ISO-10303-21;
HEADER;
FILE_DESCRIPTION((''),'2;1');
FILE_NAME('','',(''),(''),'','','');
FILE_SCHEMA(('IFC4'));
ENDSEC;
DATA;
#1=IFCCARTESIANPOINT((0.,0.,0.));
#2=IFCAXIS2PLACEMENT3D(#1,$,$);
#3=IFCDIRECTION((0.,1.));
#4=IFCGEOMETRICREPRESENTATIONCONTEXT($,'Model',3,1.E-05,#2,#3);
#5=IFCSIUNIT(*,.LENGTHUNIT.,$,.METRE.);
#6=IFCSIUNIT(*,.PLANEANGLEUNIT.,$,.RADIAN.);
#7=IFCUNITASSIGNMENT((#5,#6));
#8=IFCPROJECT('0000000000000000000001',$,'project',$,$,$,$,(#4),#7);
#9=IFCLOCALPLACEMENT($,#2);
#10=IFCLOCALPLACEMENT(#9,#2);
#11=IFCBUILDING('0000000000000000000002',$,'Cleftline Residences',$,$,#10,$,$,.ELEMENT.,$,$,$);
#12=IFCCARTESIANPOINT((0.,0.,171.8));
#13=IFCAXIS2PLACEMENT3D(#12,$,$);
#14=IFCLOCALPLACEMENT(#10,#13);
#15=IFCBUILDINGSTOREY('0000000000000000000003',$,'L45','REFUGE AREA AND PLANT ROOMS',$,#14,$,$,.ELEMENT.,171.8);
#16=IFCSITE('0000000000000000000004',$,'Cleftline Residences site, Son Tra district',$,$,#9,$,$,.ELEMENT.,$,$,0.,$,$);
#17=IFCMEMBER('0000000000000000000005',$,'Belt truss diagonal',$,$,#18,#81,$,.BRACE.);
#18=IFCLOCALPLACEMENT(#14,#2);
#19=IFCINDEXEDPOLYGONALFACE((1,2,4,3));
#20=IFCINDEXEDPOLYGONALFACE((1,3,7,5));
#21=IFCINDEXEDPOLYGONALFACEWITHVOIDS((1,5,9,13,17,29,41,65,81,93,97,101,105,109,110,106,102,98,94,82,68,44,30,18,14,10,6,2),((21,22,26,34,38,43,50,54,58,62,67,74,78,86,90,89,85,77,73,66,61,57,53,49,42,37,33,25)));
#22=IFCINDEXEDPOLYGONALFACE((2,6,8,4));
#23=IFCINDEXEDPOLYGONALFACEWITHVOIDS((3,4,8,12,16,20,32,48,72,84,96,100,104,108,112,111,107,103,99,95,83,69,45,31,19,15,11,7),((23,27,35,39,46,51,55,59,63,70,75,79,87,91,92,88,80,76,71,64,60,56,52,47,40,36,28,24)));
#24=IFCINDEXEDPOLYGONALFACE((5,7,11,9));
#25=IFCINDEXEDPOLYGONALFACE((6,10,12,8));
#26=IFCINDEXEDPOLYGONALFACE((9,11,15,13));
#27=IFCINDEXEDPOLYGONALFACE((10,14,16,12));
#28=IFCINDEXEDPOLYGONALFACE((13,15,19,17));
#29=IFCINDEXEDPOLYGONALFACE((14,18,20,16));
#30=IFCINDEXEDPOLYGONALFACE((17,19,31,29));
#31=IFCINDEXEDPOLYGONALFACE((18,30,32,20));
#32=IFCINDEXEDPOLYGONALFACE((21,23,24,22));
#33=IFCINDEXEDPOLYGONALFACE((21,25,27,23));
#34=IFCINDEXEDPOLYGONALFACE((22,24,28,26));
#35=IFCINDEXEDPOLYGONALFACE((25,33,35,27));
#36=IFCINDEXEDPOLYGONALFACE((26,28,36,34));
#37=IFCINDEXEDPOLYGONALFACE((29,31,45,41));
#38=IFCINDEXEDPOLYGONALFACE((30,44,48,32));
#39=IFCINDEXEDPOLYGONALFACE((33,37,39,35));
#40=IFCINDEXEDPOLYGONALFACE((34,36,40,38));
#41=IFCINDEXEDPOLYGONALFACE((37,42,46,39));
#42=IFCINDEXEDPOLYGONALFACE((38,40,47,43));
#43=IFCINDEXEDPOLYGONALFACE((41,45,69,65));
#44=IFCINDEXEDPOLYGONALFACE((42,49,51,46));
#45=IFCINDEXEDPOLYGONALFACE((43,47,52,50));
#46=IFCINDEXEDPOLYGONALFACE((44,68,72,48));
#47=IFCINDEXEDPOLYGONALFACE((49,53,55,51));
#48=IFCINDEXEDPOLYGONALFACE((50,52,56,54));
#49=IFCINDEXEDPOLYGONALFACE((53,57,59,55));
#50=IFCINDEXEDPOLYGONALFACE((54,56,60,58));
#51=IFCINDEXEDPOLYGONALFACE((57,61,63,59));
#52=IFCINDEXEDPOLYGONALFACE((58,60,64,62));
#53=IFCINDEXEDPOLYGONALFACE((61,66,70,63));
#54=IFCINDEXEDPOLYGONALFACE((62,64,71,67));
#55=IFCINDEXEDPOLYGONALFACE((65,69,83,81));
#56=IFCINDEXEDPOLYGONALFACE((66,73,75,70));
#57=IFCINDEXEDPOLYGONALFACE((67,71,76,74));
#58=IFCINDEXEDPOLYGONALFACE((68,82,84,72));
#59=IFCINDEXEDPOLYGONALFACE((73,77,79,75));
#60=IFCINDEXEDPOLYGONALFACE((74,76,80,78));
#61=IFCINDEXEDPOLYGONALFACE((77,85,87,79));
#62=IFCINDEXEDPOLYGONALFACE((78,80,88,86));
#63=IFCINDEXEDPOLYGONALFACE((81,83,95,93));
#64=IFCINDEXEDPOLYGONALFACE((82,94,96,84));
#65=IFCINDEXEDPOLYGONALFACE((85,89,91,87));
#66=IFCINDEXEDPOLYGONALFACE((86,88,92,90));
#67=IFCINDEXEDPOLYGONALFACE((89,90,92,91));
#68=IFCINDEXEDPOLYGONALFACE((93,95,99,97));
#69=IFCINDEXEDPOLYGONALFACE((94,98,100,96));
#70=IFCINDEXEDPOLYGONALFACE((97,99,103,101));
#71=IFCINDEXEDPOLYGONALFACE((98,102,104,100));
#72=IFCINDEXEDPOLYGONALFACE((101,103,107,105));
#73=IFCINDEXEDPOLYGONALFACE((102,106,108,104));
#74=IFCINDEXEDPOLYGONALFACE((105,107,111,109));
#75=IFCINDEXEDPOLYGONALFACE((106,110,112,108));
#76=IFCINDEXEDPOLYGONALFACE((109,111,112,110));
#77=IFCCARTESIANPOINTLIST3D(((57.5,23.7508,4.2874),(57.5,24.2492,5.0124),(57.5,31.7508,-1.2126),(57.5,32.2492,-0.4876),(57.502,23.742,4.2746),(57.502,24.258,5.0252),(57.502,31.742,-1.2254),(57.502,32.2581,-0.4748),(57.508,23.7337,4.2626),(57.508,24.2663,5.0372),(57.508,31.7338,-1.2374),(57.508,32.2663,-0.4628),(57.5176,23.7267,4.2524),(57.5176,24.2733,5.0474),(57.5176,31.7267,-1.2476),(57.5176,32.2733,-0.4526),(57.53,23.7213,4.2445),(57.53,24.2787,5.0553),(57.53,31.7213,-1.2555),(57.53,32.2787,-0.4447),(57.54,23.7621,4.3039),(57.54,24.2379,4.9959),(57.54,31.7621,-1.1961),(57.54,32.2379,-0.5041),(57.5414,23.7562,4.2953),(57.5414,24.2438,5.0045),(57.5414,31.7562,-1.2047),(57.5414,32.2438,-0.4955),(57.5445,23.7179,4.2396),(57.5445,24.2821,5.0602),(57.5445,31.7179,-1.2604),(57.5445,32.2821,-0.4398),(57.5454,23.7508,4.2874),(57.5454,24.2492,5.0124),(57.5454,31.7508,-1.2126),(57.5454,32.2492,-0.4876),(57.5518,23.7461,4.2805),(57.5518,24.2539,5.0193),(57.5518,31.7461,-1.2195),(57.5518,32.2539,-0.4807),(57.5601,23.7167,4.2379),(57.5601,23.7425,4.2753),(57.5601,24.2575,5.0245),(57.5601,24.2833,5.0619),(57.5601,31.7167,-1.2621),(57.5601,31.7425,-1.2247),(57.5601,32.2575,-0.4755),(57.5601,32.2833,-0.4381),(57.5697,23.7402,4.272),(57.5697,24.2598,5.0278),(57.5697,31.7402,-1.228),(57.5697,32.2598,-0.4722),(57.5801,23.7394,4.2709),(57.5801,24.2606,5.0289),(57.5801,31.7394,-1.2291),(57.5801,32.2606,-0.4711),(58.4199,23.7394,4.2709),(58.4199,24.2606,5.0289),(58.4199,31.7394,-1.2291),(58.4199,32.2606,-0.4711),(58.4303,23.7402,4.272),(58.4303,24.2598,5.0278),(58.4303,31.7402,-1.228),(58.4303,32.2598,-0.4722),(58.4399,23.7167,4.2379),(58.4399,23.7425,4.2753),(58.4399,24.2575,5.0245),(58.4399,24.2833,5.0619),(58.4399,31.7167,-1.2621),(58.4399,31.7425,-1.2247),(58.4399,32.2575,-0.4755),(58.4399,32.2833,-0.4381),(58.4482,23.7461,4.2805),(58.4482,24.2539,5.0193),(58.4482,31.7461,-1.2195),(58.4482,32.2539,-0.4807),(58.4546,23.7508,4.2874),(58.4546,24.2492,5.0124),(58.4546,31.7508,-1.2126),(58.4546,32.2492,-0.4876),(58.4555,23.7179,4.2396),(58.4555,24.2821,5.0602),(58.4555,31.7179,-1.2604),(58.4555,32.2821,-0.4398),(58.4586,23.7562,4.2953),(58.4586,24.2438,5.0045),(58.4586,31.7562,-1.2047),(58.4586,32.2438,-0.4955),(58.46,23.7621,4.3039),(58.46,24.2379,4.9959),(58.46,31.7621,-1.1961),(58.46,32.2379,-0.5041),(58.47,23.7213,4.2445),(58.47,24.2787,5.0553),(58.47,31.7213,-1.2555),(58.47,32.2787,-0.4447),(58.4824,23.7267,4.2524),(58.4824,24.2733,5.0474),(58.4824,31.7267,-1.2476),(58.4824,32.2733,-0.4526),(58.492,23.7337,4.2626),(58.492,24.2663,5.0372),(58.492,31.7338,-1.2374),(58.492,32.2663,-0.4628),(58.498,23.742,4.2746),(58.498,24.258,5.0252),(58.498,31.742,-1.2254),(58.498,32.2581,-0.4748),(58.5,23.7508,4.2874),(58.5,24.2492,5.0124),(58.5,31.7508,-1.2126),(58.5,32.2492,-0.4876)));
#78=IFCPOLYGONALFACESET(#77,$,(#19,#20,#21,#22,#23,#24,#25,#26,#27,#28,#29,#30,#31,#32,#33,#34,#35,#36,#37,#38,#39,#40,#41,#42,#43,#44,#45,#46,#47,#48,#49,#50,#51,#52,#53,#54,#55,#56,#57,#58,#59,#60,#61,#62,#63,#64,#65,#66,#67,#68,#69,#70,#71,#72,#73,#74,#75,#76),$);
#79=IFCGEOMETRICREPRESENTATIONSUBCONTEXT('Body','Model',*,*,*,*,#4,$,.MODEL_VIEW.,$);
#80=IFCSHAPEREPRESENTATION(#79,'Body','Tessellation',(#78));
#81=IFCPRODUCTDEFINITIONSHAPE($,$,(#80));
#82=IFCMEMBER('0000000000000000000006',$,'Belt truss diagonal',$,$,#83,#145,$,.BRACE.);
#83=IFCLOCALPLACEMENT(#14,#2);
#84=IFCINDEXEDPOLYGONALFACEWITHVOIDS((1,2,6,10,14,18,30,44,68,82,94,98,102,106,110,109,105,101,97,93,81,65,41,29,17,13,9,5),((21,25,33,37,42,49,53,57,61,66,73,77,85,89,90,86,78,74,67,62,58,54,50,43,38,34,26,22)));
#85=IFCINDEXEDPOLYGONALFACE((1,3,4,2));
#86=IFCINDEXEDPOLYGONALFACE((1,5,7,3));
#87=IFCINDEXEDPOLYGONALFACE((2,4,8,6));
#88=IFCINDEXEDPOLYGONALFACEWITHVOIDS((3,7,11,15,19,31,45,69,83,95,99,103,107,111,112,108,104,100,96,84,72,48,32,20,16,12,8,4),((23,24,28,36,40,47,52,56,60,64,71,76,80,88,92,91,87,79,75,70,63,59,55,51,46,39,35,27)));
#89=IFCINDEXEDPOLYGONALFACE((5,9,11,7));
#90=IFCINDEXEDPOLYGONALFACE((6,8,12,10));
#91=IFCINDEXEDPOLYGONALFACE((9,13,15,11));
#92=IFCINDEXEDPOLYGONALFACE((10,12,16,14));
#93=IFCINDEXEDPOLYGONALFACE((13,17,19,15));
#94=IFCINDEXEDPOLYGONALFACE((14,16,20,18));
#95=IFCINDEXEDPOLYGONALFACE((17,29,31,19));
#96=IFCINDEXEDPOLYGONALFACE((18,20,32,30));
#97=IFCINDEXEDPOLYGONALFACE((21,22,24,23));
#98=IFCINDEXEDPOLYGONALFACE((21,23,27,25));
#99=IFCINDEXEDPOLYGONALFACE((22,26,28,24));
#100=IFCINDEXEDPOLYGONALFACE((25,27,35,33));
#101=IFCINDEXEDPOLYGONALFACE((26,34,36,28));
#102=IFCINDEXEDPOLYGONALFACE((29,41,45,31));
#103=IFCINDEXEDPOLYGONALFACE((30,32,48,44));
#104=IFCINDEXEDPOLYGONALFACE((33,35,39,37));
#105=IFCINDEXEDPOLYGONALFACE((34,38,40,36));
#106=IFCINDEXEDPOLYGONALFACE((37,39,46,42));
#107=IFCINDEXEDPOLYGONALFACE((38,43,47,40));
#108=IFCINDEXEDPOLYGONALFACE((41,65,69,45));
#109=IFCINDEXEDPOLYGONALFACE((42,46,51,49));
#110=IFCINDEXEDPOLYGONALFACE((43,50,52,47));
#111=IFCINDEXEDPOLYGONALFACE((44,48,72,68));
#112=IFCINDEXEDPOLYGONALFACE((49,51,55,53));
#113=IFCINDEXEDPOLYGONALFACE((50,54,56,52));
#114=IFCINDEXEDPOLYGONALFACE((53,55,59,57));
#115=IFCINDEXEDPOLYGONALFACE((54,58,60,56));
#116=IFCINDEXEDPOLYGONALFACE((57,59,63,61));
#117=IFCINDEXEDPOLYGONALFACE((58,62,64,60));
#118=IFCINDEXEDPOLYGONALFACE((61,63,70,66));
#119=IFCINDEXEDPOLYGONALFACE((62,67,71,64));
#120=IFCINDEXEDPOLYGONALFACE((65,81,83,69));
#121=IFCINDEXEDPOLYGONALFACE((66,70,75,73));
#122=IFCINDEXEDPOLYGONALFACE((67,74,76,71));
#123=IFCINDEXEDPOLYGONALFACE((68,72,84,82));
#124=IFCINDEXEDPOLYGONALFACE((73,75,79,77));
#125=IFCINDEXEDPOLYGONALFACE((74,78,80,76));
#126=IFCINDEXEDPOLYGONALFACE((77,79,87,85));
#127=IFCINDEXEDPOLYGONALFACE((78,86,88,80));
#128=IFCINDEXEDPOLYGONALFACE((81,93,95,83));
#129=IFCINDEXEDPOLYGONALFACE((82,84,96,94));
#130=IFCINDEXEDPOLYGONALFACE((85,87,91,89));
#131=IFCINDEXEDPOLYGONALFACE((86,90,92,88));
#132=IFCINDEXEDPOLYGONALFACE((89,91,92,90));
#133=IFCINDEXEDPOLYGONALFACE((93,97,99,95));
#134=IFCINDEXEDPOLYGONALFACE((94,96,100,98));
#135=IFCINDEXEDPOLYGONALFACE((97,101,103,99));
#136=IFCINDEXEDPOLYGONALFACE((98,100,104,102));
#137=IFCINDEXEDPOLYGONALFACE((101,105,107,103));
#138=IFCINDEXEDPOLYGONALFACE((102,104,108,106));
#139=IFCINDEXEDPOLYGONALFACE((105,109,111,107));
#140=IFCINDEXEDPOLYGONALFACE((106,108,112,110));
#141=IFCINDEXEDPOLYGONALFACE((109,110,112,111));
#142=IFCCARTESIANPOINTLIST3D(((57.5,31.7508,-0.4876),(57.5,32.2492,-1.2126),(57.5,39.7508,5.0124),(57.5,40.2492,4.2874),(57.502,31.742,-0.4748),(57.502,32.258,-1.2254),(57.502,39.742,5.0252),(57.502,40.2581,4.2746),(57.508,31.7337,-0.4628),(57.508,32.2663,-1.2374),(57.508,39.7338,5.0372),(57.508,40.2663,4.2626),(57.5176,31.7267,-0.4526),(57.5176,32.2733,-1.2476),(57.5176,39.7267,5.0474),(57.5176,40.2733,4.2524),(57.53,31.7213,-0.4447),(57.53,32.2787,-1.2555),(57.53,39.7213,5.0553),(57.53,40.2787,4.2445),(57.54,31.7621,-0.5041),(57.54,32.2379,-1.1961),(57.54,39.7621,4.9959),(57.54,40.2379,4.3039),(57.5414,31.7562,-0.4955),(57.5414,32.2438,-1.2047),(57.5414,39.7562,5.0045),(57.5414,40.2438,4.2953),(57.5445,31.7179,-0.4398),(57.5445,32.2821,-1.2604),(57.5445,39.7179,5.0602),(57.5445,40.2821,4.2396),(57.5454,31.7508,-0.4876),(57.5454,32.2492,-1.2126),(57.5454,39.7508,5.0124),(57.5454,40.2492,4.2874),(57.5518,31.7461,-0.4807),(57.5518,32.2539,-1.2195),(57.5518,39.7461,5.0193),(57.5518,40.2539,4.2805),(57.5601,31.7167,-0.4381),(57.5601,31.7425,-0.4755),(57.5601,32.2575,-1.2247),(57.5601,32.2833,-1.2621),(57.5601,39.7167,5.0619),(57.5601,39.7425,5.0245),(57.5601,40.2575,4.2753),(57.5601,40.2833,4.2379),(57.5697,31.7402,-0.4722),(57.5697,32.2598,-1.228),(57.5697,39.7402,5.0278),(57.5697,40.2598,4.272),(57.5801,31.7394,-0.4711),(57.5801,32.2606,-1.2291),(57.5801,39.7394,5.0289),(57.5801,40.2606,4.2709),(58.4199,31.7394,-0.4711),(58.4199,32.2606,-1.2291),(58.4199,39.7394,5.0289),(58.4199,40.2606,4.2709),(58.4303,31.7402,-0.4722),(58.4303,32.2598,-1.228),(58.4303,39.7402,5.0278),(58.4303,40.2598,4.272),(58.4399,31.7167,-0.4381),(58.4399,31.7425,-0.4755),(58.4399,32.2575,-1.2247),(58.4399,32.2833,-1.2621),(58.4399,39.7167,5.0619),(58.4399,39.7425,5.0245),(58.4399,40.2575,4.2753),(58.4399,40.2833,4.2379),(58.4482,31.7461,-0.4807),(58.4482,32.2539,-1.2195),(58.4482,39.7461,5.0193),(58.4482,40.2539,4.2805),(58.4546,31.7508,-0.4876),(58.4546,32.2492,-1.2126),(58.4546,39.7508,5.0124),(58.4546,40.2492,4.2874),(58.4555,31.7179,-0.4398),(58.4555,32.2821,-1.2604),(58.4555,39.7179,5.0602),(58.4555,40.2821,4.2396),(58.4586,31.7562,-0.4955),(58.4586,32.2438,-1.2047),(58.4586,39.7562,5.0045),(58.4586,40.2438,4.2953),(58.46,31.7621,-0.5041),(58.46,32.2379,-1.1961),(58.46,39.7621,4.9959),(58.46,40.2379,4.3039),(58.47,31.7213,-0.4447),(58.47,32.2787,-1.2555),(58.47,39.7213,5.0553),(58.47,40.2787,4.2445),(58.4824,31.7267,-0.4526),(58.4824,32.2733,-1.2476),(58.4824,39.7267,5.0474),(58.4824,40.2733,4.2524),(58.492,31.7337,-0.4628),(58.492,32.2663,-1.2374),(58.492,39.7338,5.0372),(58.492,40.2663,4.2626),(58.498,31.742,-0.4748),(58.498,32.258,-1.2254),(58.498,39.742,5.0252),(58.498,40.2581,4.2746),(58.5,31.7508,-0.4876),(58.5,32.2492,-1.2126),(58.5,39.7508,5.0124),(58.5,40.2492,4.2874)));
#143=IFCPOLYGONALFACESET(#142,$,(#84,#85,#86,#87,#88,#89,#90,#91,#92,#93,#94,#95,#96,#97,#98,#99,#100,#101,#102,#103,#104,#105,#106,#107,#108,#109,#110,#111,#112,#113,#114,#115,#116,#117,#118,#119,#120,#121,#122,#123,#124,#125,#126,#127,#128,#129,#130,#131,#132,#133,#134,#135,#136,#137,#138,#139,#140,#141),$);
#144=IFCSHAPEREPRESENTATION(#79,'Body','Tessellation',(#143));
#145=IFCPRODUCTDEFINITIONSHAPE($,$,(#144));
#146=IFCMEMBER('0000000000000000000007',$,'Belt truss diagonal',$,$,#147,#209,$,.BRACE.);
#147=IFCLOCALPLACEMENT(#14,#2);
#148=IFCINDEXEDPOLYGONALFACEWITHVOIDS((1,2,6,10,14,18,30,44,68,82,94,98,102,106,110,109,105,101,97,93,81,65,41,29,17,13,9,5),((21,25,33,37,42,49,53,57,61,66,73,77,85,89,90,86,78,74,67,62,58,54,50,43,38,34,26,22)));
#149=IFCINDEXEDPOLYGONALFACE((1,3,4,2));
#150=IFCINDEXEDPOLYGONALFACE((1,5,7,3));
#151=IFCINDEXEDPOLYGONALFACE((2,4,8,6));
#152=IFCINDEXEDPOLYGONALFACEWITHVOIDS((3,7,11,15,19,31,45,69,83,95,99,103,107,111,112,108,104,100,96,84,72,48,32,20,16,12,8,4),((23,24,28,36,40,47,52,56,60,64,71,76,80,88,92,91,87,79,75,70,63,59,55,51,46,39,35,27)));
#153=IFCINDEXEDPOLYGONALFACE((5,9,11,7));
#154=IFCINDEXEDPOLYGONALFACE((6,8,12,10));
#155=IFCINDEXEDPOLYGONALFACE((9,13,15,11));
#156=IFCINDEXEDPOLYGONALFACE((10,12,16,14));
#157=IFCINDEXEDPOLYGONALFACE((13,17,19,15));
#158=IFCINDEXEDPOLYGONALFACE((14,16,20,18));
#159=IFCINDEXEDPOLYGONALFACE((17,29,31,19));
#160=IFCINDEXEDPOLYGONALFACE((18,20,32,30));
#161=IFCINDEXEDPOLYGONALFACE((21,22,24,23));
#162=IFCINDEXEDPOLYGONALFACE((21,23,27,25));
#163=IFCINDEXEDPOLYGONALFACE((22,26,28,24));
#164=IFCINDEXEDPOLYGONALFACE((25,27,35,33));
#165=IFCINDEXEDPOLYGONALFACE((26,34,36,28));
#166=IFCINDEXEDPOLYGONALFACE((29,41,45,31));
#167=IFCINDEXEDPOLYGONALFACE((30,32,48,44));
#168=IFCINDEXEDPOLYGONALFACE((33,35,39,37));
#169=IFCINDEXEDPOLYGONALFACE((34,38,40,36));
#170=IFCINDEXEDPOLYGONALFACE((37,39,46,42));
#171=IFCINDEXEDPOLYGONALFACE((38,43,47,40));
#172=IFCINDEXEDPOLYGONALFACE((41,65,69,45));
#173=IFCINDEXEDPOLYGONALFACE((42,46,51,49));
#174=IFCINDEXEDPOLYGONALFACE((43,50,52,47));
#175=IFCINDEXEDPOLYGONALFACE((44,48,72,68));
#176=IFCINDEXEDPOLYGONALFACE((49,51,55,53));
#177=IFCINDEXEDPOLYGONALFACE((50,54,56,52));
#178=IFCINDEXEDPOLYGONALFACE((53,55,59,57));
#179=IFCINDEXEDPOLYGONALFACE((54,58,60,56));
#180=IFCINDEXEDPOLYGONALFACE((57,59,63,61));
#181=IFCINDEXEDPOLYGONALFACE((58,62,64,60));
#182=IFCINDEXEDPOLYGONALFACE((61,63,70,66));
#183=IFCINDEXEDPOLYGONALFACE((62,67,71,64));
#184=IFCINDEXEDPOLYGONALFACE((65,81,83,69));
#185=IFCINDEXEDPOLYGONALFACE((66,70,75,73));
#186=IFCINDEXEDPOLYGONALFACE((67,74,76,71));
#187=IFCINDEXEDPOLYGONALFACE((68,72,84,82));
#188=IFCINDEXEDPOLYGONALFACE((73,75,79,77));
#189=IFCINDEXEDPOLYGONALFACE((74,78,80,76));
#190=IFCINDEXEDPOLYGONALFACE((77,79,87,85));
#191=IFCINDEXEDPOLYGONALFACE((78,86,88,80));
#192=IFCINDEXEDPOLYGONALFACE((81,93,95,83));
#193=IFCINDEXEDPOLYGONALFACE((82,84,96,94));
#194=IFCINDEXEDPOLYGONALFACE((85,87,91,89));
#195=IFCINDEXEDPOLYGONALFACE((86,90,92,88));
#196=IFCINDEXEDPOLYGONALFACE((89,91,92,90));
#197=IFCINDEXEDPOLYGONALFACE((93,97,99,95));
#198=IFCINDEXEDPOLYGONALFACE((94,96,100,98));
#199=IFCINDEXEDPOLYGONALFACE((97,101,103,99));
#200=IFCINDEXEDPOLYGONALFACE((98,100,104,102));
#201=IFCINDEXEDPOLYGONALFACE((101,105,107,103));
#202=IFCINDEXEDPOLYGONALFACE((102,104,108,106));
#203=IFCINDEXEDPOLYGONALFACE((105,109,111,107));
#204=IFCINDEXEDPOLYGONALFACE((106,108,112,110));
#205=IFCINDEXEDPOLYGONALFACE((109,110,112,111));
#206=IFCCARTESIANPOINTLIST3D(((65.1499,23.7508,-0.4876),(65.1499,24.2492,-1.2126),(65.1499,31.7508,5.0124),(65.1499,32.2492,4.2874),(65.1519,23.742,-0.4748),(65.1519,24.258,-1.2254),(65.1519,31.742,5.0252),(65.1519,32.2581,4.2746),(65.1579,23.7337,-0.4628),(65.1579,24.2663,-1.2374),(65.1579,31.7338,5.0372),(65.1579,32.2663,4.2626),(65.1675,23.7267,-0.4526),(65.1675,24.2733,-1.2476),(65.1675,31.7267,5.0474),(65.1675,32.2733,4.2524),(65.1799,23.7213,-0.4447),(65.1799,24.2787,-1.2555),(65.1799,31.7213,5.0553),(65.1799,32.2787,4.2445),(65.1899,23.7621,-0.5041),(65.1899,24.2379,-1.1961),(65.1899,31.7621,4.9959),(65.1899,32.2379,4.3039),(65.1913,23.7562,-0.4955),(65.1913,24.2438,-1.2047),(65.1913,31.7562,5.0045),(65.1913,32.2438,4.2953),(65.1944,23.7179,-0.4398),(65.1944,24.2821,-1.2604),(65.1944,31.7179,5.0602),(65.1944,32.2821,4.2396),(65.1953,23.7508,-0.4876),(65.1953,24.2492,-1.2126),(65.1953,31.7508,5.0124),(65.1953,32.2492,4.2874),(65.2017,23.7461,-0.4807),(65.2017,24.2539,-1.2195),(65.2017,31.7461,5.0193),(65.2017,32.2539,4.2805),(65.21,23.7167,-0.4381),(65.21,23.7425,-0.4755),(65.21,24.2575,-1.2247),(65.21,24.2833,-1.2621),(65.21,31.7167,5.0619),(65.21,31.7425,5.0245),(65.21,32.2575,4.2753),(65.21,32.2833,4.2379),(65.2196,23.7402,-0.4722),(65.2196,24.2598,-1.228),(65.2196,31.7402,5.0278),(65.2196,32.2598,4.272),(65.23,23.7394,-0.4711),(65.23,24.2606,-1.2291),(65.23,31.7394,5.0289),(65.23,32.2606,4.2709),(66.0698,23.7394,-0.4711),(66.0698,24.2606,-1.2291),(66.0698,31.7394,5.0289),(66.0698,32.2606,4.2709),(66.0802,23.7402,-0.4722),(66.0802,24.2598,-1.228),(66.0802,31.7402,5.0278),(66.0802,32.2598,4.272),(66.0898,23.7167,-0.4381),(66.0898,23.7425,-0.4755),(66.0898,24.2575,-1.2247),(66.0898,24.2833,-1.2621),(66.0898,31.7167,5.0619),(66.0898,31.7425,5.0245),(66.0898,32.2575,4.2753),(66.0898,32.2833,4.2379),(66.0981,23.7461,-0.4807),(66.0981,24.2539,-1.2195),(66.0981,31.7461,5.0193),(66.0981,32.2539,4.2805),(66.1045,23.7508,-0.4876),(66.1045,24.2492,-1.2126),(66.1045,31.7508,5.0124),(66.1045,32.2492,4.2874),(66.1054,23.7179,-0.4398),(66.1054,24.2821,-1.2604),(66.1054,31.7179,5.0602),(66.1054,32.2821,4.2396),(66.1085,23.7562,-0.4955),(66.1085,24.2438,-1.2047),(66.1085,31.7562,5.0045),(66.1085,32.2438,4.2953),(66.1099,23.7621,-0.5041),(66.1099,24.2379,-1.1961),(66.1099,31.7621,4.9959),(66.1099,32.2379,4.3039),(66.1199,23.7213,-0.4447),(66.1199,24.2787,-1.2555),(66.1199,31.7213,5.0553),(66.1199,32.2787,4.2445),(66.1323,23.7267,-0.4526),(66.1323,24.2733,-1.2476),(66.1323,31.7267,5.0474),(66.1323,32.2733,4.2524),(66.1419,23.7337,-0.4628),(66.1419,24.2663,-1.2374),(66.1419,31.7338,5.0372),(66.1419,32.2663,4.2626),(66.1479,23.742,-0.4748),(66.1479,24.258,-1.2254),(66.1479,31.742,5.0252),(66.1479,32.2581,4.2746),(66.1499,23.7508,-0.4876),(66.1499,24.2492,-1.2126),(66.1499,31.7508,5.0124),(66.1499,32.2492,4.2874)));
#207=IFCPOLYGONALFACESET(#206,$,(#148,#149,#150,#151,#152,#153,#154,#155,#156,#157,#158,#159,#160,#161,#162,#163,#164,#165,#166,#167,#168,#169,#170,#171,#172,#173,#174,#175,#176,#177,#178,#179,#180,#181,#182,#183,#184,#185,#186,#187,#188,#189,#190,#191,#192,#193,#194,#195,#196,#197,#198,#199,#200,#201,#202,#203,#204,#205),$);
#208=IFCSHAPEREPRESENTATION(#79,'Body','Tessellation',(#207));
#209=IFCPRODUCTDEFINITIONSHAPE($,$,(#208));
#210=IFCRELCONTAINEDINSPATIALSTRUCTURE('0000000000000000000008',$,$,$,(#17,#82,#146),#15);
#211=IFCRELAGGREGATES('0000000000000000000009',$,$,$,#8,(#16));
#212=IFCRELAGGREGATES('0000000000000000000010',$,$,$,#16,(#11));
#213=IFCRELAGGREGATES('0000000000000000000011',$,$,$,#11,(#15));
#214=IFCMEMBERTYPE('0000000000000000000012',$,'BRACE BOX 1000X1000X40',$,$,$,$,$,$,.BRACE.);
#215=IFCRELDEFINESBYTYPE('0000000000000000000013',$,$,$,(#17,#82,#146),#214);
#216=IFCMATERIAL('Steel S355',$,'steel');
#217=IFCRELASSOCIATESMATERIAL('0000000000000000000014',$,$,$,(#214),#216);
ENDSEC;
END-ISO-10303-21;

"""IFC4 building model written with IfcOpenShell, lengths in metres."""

from ifc_helpers import new_model, si_unit, direction, frame, origin, origin_2d, place, context, subcontext, project, spatial, hollow_rectangle, extrude, material, material_profile, profile_set, type_object, element, save


model = new_model("IFC4")

# Units and contexts
model_context = context("Model", 3, precision=1e-05, world=origin(), true_north=direction((0.0, 1.0)))
body_context = subcontext(model_context, "Body", "Model", "MODEL_VIEW")
ifc_project = project(units=[si_unit("LENGTHUNIT", "METRE"), si_unit("PLANEANGLEUNIT", "RADIAN")], contexts=[model_context])

# Site, building, storey
site_placement = place(None, origin())
site = spatial("IfcSite", under=ifc_project, at=site_placement, Name="Cleftline Residences site, Son Tra district", CompositionType="ELEMENT", RefElevation=0.0)
building_placement = place(site_placement, origin())
building = spatial("IfcBuilding", under=site, at=building_placement, Name="Cleftline Residences", CompositionType="ELEMENT")
storey_placement = place(building_placement, frame((0.0, 0.0, 171.8)))
storey = spatial("IfcBuildingStorey", under=building, at=storey_placement, Name="L45", Description="REFUGE AREA AND PLANT ROOMS", CompositionType="ELEMENT", Elevation=171.8)

# Members
ifc_material_1 = material(Name="Steel S355", Category="steel")
ifc_material_profile_1 = material_profile(ifc_material_1, hollow_rectangle(XDim=1.0, YDim=1.0, WallThickness=0.04, InnerFilletRadius=0.04, OuterFilletRadius=0.0601, at=origin_2d()))
ifc_profile_set_1 = profile_set([ifc_material_profile_1], Name="Steel S355")
member_type_1 = type_object("IfcMemberType", Name="BRACE BOX 1000X1000X40", PredefinedType="BRACE", material=ifc_profile_set_1)
for number, where, z_axis, x_axis, name in (
    (1, (58.0, 24.0, 4.6499), (0.0, 0.824042, -0.566529), (0.0, 0.566529, 0.824042), "Belt truss diagonal"),
    (2, (58.0, 32.0, -0.8501), (0.0, 0.824042, 0.566529), (0.0, -0.566529, 0.824042), "Belt truss diagonal"),
    (3, (65.6499, 24.0, -0.8501), (0.0, 0.824042, 0.566529), (0.0, -0.566529, 0.824042), "Belt truss diagonal"),
):
    element("IfcMember", number, at=place(storey_placement, frame(where, z_axis=z_axis, x_axis=x_axis)), inside=storey, type_object=member_type_1, Name=name, PredefinedType="BRACE", context=body_context, shape_type="SweptSolid", body=[
        extrude(hollow_rectangle(XDim=1.0, YDim=1.0, WallThickness=0.04, InnerFilletRadius=0.04, OuterFilletRadius=0.0601, at=origin_2d()), origin(), (0.0, 0.0, 1.0), 9.7083),
    ])

save(model, "model.ifc")
